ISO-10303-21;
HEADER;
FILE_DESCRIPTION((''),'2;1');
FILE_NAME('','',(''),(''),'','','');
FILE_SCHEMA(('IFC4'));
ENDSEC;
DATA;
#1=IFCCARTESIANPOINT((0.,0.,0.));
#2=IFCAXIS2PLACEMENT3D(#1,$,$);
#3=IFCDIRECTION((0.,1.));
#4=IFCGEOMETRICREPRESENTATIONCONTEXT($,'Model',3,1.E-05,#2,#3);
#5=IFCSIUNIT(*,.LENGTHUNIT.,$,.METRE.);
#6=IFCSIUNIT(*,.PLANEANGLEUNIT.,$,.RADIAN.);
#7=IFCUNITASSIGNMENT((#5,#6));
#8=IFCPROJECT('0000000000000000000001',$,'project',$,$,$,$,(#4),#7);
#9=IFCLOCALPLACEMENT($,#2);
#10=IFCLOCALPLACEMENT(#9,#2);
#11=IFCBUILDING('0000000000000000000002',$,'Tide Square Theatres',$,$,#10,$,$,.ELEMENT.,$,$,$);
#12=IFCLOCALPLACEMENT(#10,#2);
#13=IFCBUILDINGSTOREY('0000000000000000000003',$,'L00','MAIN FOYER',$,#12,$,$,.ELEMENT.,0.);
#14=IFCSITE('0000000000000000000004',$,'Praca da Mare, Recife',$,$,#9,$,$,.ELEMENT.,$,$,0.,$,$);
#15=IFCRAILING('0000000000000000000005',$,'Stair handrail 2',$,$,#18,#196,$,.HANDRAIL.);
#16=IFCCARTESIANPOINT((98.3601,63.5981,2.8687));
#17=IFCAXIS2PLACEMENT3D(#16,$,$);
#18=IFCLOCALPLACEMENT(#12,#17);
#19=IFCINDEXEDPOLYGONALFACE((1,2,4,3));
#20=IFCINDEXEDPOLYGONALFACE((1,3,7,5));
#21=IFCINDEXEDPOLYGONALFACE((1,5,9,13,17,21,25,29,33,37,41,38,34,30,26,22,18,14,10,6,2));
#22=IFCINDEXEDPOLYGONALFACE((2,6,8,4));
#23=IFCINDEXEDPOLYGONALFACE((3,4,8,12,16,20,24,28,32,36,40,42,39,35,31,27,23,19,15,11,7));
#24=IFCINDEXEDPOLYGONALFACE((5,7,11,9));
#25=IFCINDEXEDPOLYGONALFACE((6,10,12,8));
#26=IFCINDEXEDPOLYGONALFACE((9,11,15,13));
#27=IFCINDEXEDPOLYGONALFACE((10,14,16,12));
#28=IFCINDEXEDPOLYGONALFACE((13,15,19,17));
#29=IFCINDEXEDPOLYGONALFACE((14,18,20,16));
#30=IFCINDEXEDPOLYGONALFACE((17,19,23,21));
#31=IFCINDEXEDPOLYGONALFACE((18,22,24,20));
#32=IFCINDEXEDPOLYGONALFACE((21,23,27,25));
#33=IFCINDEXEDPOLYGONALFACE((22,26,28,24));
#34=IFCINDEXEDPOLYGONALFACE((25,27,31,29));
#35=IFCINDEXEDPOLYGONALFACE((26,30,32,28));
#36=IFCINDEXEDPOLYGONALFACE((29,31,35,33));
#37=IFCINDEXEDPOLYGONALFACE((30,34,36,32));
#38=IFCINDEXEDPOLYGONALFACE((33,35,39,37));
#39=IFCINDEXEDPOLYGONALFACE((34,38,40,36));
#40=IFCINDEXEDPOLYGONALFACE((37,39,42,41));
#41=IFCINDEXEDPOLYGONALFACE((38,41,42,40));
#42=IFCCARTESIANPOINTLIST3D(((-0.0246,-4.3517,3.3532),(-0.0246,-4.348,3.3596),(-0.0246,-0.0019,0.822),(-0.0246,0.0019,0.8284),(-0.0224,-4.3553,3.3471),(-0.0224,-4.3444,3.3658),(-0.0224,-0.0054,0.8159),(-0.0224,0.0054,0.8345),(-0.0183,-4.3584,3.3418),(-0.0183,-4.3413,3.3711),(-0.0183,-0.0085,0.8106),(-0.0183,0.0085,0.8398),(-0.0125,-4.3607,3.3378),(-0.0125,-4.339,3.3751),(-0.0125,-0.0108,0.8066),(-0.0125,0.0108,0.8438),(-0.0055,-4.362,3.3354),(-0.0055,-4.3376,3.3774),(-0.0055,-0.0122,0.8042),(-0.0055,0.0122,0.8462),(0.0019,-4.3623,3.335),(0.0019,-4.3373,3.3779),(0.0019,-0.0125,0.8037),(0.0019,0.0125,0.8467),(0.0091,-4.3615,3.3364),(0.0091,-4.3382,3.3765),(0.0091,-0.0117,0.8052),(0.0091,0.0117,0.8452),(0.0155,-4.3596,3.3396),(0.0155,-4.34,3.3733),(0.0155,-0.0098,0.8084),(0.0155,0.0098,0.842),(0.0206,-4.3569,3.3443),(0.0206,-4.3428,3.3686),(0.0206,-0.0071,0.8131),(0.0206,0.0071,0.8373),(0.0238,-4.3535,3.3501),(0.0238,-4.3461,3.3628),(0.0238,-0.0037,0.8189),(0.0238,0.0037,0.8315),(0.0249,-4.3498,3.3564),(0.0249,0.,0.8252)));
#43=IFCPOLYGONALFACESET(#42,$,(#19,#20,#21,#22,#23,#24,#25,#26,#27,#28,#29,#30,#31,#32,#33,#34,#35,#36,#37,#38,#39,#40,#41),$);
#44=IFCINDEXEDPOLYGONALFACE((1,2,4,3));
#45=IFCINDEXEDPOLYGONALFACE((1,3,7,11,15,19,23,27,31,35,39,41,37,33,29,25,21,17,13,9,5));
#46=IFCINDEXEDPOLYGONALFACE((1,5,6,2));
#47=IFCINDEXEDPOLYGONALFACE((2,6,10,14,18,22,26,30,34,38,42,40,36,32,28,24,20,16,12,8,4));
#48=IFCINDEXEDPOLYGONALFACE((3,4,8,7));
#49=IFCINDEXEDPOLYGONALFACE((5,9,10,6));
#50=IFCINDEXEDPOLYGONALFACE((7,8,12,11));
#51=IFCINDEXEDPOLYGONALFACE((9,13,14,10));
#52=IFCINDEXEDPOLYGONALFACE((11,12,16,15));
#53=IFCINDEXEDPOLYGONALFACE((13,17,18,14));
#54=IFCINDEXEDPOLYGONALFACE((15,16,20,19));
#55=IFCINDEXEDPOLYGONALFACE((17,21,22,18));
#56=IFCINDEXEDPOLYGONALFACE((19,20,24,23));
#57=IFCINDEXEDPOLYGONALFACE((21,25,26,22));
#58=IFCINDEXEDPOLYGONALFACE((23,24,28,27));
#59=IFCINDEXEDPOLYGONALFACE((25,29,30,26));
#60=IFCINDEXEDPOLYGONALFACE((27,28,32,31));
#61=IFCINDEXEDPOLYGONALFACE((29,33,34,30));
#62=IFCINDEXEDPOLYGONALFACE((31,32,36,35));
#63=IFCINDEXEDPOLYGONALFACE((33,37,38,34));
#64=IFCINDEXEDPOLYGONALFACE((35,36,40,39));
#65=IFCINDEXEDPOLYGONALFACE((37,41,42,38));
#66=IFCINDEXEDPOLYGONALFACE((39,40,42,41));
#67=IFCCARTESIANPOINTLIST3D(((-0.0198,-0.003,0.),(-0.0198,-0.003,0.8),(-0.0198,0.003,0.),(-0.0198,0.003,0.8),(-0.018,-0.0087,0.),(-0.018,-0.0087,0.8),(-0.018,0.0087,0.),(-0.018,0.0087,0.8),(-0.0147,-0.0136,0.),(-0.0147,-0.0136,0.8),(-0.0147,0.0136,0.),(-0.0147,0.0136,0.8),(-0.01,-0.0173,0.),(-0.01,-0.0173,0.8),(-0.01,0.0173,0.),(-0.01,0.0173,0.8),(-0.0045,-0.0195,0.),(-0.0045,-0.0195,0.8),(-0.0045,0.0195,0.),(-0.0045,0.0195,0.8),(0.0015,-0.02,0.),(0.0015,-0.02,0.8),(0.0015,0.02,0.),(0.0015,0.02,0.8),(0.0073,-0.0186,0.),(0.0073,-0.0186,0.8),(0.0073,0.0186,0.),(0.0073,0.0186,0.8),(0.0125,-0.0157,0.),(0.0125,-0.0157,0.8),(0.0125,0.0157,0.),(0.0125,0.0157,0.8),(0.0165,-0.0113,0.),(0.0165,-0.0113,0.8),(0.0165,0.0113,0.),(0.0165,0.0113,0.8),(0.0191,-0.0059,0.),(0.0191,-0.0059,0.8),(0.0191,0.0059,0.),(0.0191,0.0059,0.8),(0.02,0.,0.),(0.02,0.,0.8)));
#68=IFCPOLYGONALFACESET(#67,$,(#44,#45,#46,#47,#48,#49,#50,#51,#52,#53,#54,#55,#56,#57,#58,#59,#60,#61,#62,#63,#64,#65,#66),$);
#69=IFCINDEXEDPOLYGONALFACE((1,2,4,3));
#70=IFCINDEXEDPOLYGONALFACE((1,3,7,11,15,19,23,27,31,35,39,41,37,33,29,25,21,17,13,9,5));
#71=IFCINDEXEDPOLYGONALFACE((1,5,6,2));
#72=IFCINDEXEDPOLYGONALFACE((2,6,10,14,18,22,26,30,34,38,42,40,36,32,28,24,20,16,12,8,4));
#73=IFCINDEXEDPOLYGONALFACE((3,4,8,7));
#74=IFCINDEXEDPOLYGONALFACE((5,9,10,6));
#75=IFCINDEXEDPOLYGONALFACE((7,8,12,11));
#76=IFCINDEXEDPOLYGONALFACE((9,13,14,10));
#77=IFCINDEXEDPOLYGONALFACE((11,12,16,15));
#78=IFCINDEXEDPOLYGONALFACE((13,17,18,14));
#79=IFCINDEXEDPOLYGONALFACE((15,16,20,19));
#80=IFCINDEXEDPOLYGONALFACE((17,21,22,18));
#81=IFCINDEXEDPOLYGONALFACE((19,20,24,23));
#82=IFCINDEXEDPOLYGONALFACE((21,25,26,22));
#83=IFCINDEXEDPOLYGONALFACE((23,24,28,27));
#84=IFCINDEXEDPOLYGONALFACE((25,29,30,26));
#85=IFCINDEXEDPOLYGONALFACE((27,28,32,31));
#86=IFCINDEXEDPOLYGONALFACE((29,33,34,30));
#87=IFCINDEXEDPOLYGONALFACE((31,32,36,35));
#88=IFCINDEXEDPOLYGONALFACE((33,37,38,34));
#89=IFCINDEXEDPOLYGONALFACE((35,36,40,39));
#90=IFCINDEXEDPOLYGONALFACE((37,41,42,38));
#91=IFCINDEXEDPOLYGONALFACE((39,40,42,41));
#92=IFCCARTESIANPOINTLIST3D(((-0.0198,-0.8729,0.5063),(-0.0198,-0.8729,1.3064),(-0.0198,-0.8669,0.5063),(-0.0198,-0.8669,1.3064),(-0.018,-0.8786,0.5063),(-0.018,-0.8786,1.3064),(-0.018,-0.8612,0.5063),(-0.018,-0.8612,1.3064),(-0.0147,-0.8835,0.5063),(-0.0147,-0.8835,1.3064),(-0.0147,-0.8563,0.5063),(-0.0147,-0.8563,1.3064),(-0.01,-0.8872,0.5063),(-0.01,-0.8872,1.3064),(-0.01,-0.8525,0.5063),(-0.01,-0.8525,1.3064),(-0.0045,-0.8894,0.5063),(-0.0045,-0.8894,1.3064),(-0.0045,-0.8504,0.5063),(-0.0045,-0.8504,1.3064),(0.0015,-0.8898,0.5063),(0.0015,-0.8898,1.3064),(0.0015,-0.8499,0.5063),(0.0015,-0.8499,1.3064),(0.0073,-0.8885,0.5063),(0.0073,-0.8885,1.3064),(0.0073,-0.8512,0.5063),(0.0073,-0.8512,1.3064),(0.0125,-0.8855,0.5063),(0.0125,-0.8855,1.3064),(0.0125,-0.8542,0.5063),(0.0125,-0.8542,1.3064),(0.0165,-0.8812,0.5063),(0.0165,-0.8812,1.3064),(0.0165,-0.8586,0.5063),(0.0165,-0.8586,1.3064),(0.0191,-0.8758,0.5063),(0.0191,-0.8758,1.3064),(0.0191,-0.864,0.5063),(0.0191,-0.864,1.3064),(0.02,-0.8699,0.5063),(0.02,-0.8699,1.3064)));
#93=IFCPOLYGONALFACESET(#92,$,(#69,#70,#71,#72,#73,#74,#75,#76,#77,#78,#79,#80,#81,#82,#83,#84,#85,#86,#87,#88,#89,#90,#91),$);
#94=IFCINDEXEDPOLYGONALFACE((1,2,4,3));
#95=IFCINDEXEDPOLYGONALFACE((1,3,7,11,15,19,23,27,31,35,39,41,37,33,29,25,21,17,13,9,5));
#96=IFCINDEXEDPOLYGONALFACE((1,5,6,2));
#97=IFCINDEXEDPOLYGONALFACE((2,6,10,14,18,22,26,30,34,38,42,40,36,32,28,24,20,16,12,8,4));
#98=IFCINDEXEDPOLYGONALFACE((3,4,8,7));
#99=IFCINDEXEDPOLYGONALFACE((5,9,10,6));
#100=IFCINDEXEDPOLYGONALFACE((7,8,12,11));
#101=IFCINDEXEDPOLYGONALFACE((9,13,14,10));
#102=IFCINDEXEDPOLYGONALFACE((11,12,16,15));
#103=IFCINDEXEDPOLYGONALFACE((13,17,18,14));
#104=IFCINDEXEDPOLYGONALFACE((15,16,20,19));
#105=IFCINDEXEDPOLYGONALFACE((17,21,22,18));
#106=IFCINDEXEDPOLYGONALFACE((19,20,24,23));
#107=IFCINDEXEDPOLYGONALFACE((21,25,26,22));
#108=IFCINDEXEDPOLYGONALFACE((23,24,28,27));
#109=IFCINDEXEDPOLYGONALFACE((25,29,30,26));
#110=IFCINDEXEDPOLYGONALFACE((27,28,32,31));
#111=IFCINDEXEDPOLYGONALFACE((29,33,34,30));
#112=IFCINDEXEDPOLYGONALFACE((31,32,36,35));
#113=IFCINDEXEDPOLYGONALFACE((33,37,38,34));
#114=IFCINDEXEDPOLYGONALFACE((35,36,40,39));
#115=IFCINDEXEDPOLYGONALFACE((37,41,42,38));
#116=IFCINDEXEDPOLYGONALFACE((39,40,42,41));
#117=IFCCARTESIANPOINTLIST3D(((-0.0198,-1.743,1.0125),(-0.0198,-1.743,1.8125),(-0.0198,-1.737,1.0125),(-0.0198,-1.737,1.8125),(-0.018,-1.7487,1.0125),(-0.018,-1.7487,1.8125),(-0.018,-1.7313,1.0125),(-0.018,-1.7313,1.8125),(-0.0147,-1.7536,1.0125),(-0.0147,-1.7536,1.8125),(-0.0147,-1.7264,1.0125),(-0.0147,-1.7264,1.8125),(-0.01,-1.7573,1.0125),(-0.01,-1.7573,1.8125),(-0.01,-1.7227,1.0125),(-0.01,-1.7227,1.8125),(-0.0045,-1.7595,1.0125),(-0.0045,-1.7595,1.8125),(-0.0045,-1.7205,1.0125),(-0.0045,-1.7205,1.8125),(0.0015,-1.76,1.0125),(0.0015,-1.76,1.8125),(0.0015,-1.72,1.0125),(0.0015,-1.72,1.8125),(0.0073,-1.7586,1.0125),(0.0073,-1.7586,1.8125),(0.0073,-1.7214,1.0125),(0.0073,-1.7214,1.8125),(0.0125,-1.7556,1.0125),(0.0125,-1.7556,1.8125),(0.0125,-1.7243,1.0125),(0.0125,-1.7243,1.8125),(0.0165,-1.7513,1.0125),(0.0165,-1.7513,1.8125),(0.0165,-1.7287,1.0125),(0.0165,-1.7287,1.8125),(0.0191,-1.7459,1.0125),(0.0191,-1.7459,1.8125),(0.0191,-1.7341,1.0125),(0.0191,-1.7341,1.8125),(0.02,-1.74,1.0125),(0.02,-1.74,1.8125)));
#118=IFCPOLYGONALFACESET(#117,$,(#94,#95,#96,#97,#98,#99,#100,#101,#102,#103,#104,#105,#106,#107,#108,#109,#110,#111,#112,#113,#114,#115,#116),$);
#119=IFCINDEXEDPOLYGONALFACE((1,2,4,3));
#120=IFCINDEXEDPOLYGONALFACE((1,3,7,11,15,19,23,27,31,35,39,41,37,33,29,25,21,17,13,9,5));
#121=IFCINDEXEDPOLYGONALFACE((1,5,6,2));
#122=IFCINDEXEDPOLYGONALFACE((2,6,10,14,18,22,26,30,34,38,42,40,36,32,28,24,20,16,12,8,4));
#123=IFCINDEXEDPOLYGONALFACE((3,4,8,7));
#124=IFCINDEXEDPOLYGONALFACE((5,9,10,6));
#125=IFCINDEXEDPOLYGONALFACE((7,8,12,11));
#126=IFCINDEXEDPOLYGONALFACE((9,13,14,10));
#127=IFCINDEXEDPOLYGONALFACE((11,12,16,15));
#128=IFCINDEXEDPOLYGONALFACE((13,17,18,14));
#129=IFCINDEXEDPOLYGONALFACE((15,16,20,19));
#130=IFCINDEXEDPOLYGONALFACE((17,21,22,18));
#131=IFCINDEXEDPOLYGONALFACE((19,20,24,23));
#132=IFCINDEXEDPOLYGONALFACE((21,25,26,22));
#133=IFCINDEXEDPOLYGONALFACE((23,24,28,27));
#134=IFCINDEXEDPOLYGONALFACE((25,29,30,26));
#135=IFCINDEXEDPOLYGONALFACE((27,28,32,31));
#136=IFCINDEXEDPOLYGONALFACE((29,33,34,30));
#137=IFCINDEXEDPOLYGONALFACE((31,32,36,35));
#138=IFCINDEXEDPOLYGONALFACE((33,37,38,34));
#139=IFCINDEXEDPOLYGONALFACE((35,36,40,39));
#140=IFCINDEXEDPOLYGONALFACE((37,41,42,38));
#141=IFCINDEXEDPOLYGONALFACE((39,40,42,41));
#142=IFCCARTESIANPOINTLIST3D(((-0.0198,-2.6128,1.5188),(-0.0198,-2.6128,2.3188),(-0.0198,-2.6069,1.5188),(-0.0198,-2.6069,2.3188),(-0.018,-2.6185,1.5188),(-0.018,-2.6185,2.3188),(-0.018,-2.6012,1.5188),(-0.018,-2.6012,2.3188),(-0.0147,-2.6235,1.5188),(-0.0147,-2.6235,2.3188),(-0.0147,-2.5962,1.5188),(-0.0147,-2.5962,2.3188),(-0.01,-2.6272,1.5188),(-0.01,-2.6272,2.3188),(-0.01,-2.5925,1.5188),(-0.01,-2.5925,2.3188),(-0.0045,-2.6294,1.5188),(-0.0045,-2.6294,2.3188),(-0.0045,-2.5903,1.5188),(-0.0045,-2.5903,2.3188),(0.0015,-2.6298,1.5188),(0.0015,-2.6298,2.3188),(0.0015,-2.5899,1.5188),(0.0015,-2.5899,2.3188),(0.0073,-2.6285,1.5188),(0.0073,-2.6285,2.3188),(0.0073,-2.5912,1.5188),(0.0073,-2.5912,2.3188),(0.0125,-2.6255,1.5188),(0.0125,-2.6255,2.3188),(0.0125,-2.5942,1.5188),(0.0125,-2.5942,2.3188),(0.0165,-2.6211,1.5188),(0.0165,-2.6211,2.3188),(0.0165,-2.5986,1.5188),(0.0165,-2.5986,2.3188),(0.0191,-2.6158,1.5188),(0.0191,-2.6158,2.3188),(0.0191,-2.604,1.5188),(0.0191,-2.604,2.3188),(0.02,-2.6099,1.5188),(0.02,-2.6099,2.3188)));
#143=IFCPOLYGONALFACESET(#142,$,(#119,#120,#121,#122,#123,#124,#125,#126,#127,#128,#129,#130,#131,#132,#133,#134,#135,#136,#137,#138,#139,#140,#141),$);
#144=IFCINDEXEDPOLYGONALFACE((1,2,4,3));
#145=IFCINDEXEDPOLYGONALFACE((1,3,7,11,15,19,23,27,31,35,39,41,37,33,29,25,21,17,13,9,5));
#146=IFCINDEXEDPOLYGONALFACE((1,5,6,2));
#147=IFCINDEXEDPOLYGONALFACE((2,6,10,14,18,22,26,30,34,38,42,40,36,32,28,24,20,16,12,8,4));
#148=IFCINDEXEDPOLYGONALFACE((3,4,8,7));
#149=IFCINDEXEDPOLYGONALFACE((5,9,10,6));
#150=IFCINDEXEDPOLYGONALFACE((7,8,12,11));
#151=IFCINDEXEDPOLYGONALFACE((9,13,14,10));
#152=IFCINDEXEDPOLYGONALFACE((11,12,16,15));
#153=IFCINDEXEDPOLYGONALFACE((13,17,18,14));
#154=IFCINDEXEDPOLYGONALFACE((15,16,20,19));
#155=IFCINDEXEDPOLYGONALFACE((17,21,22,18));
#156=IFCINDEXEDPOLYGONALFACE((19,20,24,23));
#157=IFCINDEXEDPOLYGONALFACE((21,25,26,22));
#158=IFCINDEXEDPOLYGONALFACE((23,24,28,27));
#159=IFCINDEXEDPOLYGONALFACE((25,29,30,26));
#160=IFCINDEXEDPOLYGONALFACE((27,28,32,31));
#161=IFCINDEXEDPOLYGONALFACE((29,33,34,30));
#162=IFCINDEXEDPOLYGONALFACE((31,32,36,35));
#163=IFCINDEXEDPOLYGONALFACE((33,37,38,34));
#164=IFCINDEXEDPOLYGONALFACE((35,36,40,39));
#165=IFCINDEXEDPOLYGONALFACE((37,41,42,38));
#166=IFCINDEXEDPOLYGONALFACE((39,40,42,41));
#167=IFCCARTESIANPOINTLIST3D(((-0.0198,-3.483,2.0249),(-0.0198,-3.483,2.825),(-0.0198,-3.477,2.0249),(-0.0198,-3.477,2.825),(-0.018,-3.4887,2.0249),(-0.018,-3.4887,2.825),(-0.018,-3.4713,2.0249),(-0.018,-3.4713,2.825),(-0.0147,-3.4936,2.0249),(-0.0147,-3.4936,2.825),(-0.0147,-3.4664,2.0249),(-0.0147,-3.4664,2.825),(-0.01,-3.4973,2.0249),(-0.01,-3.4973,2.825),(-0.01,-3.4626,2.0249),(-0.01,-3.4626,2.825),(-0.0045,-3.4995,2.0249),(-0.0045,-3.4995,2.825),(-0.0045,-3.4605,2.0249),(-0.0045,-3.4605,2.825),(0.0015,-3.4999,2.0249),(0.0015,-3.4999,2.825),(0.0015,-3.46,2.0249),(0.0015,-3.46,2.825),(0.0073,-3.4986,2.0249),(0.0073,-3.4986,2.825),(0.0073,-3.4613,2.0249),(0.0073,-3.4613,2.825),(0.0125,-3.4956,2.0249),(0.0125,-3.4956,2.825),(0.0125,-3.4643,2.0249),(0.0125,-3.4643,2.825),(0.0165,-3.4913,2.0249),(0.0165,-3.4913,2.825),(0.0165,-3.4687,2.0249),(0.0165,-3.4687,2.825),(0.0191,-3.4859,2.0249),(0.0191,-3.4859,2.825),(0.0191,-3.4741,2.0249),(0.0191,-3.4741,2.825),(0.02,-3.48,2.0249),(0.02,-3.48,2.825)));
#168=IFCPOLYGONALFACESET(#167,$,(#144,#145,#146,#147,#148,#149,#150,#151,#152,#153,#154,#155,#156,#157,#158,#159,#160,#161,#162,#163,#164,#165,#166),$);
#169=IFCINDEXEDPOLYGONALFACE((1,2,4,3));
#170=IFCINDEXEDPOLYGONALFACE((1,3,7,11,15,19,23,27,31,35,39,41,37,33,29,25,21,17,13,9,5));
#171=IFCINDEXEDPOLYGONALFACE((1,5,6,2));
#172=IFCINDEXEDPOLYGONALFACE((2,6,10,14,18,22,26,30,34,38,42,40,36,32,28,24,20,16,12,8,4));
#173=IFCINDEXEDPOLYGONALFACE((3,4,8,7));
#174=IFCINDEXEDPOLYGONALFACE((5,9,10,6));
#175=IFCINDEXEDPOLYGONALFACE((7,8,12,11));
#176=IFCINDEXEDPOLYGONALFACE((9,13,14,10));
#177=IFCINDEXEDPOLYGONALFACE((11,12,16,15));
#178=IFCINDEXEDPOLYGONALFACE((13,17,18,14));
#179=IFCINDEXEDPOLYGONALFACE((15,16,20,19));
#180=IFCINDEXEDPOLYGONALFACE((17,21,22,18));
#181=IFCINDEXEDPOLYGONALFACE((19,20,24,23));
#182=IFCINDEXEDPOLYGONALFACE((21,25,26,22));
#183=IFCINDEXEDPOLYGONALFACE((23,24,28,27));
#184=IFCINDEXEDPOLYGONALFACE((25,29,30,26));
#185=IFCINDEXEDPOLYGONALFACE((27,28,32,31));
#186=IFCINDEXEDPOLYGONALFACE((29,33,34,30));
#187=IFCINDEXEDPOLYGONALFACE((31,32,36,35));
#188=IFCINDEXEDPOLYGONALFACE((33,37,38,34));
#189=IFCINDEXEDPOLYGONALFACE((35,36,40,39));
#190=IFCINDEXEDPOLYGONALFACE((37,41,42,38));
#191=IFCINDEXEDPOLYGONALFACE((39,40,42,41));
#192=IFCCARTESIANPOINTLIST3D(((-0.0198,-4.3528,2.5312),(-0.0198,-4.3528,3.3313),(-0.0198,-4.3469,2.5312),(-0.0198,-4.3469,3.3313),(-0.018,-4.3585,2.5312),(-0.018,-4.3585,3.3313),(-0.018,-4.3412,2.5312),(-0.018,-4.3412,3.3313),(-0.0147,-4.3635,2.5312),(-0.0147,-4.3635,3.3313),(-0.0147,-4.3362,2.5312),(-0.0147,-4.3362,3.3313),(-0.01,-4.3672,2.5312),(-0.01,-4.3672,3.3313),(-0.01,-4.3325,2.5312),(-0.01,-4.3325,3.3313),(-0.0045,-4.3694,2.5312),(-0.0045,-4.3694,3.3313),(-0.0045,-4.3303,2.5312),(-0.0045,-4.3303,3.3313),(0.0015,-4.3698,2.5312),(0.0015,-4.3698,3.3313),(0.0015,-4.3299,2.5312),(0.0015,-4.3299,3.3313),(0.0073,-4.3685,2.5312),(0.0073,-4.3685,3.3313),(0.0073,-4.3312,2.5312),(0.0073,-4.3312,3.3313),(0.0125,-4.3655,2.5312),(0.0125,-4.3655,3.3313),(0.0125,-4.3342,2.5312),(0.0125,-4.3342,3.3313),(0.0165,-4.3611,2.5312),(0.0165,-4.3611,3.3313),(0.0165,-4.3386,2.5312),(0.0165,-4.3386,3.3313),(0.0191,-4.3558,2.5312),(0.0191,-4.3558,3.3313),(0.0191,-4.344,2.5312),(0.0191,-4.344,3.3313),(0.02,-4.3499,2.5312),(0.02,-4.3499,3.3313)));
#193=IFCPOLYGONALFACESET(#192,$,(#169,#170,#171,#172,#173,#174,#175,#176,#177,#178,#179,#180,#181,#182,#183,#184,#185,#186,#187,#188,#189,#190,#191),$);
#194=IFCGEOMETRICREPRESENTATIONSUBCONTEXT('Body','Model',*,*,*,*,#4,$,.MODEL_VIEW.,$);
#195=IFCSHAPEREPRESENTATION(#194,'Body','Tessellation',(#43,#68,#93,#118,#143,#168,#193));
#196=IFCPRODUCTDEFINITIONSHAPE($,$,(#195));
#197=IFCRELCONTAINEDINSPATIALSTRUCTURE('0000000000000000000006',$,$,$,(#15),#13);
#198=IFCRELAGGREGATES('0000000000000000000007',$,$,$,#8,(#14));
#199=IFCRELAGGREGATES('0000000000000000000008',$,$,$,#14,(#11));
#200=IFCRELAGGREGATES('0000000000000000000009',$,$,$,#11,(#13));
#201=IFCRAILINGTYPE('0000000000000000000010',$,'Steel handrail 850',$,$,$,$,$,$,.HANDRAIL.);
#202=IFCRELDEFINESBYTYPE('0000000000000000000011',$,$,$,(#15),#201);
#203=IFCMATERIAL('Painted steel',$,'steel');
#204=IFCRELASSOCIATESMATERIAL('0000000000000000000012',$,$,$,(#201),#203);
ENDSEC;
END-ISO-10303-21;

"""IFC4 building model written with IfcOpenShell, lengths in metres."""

from ifc_helpers import new_model, si_unit, direction, frame, origin, origin_2d, place, context, subcontext, project, spatial, circle, extrude, material, type_object, element, save


model = new_model("IFC4")

# Units and contexts
model_context = context("Model", 3, precision=1e-05, world=origin(), true_north=direction((0.0, 1.0)))
body_context = subcontext(model_context, "Body", "Model", "MODEL_VIEW")
ifc_project = project(units=[si_unit("LENGTHUNIT", "METRE"), si_unit("PLANEANGLEUNIT", "RADIAN")], contexts=[model_context])

# Site, building, storey
site_placement = place(None, origin())
site = spatial("IfcSite", under=ifc_project, at=site_placement, Name="Praca da Mare, Recife", CompositionType="ELEMENT", RefElevation=0.0)
building_placement = place(site_placement, origin())
building = spatial("IfcBuilding", under=site, at=building_placement, Name="Tide Square Theatres", CompositionType="ELEMENT")
storey_placement = place(building_placement, origin())
storey = spatial("IfcBuildingStorey", under=building, at=storey_placement, Name="L00", Description="MAIN FOYER", CompositionType="ELEMENT", Elevation=0.0)

# Railing
ifc_material_1 = material(Name="Painted steel", Category="steel")
railing_type = type_object("IfcRailingType", Name="Steel handrail 850", PredefinedType="HANDRAIL", material=ifc_material_1)
for number, where, name in (
    (1, (98.3601, 63.5981, 2.8687), "Stair handrail 2"),
):
    element("IfcRailing", number, at=place(storey_placement, frame(where)), inside=storey, type_object=railing_type, Name=name, PredefinedType="HANDRAIL", context=body_context, shape_type="SweptSolid", body=[
        extrude(circle(Radius=0.0249, at=origin_2d()), frame((0.0, 0.0, 0.8252), z_axis=(0.0, -0.864312, 0.502957), x_axis=(1.0, 0.0, 0.0)), (0.0, 0.0, 1.0), 5.0327),
        extrude(circle(Radius=0.02, at=origin_2d()), origin(), (0.0, 0.0, 1.0), 0.8),
        extrude(circle(Radius=0.02, at=origin_2d()), frame((0.0, -0.8699, 0.5063)), (0.0, 0.0, 1.0), 0.8),
        extrude(circle(Radius=0.02, at=origin_2d()), frame((0.0, -1.74, 1.0125)), (0.0, 0.0, 1.0), 0.8),
        extrude(circle(Radius=0.02, at=origin_2d()), frame((0.0, -2.6099, 1.5188)), (0.0, 0.0, 1.0), 0.8),
        extrude(circle(Radius=0.02, at=origin_2d()), frame((0.0, -3.48, 2.0249)), (0.0, 0.0, 1.0), 0.8),
        extrude(circle(Radius=0.02, at=origin_2d()), frame((0.0, -4.3499, 2.5312)), (0.0, 0.0, 1.0), 0.8),
    ])

save(model, "model.ifc")
